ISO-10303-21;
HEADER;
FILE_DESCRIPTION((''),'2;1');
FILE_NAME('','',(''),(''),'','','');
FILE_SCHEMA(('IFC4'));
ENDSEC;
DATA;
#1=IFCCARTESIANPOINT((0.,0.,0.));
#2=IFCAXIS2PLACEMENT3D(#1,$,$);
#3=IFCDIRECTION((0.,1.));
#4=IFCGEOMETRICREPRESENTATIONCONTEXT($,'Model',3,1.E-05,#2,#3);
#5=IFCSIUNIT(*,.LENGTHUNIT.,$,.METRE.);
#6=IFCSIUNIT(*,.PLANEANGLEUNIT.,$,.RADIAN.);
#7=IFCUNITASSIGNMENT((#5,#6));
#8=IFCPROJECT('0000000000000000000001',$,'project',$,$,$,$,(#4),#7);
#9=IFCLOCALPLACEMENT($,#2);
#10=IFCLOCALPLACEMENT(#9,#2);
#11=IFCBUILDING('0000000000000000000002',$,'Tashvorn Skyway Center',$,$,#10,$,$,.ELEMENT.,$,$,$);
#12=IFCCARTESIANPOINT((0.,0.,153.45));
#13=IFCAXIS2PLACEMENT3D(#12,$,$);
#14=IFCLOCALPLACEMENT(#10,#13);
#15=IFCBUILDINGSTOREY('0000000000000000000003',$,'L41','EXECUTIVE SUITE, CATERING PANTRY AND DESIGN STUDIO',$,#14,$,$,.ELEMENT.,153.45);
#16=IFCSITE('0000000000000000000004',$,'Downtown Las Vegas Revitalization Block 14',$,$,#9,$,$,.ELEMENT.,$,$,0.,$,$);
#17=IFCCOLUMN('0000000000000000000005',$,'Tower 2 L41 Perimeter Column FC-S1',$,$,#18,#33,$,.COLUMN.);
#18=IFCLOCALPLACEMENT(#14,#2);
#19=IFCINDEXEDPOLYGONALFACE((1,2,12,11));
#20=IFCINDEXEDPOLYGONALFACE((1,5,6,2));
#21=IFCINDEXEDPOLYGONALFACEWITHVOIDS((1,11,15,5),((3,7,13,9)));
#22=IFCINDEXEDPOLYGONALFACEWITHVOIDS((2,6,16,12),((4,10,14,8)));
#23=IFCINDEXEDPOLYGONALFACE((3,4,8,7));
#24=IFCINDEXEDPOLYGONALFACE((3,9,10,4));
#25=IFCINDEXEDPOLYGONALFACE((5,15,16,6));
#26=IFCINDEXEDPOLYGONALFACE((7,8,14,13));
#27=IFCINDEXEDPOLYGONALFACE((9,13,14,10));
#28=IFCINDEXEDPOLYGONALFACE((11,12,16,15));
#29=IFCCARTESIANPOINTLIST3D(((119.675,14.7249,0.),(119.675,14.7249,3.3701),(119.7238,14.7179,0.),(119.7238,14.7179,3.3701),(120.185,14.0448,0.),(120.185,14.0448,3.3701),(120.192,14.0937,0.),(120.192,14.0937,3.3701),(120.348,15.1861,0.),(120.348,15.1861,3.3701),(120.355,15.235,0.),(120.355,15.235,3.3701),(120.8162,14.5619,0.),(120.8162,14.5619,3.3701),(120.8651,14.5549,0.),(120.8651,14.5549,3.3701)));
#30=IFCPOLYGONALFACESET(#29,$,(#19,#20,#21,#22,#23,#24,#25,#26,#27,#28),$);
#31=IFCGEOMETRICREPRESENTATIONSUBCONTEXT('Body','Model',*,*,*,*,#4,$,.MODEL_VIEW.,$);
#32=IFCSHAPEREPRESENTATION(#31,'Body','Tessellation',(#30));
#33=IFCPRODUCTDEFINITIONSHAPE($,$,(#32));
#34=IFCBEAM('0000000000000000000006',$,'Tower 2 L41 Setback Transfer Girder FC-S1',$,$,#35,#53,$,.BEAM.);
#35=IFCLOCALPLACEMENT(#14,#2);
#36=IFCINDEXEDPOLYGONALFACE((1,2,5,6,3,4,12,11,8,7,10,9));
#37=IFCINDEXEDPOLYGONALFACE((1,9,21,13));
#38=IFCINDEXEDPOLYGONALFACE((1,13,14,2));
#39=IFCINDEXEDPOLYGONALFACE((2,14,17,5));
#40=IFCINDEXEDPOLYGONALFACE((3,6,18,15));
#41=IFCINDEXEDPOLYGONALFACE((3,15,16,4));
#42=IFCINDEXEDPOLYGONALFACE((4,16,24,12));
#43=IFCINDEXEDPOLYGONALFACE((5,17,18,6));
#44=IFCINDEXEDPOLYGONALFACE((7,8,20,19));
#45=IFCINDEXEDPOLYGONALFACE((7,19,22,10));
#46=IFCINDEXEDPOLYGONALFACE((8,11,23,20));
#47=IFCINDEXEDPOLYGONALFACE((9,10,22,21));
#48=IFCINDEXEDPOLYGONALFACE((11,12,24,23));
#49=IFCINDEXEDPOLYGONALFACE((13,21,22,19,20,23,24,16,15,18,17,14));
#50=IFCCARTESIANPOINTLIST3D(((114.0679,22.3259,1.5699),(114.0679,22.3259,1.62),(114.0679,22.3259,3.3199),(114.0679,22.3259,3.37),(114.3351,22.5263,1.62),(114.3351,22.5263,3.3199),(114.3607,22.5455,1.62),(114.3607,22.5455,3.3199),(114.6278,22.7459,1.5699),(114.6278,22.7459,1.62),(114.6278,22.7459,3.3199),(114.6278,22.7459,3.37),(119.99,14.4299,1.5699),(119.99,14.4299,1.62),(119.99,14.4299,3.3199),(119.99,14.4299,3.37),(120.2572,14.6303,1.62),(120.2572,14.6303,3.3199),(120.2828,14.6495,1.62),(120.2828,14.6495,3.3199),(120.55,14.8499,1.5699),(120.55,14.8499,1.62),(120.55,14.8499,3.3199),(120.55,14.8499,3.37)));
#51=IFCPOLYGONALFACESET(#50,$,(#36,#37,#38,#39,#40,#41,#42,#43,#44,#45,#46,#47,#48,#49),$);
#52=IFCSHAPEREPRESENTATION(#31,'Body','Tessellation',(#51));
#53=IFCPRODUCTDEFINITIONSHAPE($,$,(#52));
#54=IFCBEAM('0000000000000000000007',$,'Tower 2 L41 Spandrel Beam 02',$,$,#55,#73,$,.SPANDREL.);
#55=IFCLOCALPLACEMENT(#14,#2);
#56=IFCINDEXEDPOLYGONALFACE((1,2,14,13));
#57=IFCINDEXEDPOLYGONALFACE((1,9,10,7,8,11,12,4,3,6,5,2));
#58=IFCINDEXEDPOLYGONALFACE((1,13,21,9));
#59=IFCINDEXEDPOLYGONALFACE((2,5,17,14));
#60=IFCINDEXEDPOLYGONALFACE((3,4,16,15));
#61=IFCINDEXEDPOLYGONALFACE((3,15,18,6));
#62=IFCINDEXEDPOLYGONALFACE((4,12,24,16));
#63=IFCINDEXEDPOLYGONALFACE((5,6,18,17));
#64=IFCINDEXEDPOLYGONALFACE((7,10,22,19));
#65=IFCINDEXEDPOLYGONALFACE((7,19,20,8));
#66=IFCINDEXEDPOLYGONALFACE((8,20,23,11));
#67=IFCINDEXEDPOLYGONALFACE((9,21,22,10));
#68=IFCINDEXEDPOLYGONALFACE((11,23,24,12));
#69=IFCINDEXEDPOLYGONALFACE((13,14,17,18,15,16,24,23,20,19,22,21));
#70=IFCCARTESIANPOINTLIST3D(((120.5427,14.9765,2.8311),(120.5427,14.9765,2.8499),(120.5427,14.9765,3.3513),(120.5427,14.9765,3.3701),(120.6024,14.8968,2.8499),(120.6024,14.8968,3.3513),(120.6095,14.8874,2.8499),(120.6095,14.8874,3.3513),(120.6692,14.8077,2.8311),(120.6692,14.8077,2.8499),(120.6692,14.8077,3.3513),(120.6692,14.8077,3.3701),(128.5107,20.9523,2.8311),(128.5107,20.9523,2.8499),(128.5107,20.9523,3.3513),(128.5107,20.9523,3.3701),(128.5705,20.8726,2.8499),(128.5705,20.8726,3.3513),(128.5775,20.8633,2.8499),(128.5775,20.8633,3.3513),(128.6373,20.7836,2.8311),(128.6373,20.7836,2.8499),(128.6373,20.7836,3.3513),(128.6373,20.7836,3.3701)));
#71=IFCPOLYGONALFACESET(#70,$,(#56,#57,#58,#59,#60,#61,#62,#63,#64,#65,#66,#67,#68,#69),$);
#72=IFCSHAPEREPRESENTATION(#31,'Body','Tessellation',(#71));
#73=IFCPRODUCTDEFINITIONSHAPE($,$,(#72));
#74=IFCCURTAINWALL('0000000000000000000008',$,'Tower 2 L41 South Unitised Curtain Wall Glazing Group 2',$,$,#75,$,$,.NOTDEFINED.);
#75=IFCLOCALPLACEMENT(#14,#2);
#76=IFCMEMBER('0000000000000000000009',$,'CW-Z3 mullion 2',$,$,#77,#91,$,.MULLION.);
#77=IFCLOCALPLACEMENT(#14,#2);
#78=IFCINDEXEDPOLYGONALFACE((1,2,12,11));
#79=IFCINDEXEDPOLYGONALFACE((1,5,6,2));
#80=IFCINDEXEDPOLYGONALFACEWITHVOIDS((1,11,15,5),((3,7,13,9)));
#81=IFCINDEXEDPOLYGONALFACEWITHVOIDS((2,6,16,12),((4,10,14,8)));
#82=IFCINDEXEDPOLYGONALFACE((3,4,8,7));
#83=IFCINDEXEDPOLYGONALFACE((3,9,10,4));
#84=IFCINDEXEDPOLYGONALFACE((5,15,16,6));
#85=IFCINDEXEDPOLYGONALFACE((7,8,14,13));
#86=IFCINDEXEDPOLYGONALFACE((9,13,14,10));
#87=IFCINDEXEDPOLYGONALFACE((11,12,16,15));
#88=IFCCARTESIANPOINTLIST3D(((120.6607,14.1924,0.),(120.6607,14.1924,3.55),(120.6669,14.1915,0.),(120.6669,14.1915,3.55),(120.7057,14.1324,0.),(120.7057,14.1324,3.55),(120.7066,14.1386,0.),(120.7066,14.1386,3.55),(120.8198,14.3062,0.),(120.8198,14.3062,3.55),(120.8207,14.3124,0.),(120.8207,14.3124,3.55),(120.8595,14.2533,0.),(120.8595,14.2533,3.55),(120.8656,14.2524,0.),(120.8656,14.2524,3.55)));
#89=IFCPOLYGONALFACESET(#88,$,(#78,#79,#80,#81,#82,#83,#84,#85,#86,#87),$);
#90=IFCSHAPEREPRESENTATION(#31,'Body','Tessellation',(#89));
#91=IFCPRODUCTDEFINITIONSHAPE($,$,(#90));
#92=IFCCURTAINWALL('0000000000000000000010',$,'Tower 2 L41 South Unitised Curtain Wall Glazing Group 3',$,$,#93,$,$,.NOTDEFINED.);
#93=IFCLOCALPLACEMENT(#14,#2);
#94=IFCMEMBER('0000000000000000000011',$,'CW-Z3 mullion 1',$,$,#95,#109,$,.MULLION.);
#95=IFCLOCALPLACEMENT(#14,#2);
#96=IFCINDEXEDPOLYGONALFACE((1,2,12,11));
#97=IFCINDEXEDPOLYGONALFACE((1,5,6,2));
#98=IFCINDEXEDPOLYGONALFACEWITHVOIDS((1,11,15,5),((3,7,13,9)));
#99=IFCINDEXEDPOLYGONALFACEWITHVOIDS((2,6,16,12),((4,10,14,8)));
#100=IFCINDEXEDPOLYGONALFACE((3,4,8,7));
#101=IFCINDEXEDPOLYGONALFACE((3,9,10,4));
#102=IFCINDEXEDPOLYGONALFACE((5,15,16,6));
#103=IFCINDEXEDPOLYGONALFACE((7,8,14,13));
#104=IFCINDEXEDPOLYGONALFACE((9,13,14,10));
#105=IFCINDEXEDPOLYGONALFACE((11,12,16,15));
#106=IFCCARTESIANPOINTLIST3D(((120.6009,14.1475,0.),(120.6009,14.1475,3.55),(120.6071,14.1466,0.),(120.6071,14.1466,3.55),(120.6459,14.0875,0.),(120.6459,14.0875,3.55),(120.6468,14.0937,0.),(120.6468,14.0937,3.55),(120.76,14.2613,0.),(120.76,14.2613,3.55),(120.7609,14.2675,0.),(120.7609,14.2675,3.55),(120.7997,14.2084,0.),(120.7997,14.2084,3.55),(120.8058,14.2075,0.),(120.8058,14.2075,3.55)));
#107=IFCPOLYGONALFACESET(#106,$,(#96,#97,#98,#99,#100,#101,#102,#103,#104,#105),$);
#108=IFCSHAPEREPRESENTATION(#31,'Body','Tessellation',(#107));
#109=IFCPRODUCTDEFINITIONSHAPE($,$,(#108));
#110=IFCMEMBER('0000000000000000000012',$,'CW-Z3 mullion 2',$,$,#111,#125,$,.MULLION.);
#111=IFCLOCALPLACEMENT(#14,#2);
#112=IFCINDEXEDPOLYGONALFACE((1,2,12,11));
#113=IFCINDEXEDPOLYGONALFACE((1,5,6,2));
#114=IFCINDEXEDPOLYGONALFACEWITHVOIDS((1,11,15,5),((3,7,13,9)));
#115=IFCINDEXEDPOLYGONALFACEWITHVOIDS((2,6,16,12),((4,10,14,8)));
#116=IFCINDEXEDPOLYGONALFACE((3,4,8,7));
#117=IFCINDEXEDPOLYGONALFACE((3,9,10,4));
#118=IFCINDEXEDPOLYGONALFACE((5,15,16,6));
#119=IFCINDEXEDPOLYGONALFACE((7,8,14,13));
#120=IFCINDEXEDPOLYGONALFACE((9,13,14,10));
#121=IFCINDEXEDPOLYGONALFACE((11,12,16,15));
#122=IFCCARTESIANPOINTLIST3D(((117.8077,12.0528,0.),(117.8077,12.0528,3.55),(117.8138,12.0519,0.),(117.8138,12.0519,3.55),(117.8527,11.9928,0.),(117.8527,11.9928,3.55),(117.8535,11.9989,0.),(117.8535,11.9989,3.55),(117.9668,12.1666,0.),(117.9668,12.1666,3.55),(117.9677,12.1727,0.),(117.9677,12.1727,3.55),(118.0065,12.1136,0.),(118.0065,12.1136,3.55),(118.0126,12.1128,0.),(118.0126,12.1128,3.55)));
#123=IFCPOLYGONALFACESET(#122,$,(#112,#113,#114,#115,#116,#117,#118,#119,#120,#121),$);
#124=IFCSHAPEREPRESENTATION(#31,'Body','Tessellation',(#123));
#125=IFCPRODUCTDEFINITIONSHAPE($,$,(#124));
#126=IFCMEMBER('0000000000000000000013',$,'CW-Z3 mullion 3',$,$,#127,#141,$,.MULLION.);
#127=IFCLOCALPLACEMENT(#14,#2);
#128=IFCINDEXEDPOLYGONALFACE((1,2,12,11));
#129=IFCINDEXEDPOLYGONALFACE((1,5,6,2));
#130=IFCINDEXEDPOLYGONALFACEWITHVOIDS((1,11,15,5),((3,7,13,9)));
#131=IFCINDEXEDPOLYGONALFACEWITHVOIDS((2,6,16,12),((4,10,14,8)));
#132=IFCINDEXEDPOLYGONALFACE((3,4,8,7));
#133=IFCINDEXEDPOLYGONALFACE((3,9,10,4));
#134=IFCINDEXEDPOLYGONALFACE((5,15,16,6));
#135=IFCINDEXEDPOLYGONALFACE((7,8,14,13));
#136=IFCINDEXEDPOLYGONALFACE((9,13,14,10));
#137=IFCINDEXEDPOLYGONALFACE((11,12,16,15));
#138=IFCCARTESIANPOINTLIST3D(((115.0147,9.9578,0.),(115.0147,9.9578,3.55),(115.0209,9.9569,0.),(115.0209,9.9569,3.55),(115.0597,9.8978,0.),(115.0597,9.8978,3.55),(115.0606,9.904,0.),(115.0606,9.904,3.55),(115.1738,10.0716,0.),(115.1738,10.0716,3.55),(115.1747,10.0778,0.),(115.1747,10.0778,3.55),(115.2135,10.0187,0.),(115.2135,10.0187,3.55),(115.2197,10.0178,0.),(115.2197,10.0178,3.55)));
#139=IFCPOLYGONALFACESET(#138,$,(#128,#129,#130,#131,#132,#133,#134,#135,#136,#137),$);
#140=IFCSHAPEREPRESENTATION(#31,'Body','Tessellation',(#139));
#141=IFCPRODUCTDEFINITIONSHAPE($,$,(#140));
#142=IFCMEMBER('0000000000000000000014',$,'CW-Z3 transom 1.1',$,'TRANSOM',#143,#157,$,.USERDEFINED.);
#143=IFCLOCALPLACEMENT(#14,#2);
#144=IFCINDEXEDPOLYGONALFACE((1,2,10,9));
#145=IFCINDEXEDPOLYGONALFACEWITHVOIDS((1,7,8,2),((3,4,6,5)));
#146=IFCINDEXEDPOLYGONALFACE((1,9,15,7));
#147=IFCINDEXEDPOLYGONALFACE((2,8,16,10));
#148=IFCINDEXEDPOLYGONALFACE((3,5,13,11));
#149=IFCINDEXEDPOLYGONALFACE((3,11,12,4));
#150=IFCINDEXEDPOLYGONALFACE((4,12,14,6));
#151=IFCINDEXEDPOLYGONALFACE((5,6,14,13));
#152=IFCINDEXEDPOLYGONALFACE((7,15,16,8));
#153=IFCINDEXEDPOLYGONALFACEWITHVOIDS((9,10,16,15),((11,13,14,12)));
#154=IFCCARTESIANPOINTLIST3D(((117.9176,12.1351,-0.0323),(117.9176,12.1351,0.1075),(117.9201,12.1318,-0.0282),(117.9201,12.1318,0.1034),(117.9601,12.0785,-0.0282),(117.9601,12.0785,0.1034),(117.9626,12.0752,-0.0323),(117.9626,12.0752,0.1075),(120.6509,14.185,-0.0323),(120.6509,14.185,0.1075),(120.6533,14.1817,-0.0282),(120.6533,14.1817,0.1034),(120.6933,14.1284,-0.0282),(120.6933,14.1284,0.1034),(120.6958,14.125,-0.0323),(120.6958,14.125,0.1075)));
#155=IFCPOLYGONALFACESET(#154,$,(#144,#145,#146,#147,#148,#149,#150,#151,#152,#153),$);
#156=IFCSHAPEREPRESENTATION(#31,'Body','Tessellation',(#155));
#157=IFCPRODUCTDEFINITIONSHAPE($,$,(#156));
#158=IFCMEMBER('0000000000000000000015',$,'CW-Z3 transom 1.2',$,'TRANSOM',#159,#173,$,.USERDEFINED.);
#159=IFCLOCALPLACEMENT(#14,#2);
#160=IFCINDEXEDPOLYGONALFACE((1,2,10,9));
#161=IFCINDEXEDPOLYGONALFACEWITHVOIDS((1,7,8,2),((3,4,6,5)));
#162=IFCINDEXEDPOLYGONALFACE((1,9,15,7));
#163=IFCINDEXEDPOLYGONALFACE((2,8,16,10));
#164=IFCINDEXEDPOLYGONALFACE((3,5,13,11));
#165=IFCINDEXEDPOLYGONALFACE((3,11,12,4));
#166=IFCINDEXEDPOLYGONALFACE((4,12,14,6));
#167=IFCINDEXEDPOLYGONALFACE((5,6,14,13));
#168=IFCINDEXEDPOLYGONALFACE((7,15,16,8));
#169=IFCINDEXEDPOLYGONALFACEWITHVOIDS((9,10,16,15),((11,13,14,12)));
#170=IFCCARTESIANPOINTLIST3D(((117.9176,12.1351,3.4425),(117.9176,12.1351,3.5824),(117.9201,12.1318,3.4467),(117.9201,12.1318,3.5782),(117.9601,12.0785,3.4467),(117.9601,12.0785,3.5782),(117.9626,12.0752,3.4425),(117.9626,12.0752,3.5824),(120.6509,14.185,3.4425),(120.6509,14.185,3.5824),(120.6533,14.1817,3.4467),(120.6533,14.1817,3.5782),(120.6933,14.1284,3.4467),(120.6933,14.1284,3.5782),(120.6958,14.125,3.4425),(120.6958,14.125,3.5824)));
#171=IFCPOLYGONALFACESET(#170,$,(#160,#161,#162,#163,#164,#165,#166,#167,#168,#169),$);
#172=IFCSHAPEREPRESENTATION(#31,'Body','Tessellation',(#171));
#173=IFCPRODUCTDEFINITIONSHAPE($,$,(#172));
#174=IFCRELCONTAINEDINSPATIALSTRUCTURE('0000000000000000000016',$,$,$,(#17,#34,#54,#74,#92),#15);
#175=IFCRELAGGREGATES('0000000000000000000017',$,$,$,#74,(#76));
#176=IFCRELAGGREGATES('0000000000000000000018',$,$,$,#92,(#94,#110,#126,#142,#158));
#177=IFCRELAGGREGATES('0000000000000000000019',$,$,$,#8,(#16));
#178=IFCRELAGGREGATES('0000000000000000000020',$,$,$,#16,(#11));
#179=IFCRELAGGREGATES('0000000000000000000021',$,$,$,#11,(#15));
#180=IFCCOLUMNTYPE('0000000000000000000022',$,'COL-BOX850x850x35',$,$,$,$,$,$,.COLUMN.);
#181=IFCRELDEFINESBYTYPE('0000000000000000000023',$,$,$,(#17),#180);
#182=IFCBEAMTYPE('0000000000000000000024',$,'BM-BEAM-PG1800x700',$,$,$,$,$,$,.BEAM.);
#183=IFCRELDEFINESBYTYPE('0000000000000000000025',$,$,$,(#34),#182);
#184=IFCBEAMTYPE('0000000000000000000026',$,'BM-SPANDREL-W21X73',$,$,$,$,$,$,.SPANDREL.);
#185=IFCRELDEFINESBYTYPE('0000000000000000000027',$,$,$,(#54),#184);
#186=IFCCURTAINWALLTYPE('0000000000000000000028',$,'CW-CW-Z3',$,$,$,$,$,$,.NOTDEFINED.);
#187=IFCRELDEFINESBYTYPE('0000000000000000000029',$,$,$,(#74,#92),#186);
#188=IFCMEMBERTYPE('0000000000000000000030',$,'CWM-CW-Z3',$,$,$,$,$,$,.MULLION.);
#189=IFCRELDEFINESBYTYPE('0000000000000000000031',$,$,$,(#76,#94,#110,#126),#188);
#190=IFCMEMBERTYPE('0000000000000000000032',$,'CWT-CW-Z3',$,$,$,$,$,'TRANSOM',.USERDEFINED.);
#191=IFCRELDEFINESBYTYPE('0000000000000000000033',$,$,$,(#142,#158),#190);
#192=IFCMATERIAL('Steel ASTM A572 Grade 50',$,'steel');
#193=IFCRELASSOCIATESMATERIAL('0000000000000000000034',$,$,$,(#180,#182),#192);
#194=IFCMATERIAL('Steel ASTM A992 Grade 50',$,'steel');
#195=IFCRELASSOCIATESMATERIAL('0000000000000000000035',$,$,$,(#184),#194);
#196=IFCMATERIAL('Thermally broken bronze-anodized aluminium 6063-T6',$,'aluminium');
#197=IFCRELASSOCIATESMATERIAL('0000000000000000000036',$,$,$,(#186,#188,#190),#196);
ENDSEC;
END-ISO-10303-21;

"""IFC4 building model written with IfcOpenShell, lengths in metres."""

from ifc_helpers import new_model, si_unit, direction, frame, origin, origin_2d, place, context, subcontext, project, spatial, hollow_rectangle, i_section, extrude, material, material_profile, profile_set, type_object, element, aggregate, save


model = new_model("IFC4")

# Units and contexts
model_context = context("Model", 3, precision=1e-05, world=origin(), true_north=direction((0.0, 1.0)))
body_context = subcontext(model_context, "Body", "Model", "MODEL_VIEW")
ifc_project = project(units=[si_unit("LENGTHUNIT", "METRE"), si_unit("PLANEANGLEUNIT", "RADIAN")], contexts=[model_context])

# Site, building, storey
site_placement = place(None, origin())
site = spatial("IfcSite", under=ifc_project, at=site_placement, Name="Downtown Las Vegas Revitalization Block 14", CompositionType="ELEMENT", RefElevation=0.0)
building_placement = place(site_placement, origin())
building = spatial("IfcBuilding", under=site, at=building_placement, Name="Tashvorn Skyway Center", CompositionType="ELEMENT")
storey_placement = place(building_placement, frame((0.0, 0.0, 153.45)))
storey = spatial("IfcBuildingStorey", under=building, at=storey_placement, Name="L41", Description="EXECUTIVE SUITE, CATERING PANTRY AND DESIGN STUDIO", CompositionType="ELEMENT", Elevation=153.45)

# Column
ifc_material_1 = material(Name="Steel ASTM A572 Grade 50", Category="steel")
ifc_material_profile_1 = material_profile(ifc_material_1, hollow_rectangle(XDim=0.8501, YDim=0.8501, WallThickness=0.0349, at=origin_2d()), Name="BOX850x850x35")
ifc_profile_set_1 = profile_set([ifc_material_profile_1], Name="Steel ASTM A572 Grade 50")
column_type = type_object("IfcColumnType", Name="COL-BOX850x850x35", PredefinedType="COLUMN", material=ifc_profile_set_1)
column_placement = place(storey_placement, frame((120.27, 14.6399, 0.0), z_axis=(0.0, 0.0, 1.0), x_axis=(0.8, 0.6, 0.0)))
element("IfcColumn", 1, at=column_placement, inside=storey, type_object=column_type, Name="Tower 2 L41 Perimeter Column FC-S1", PredefinedType="COLUMN", context=body_context, shape_type="SweptSolid", body=[
    extrude(hollow_rectangle(XDim=0.8501, YDim=0.8501, WallThickness=0.0349, at=origin_2d()), origin(), (0.0, 0.0, 1.0), 3.3701),
])

# Beams
ifc_material_profile_2 = material_profile(ifc_material_1, i_section(OverallWidth=0.7, OverallDepth=1.8, WebThickness=0.032, FlangeThickness=0.05, at=origin_2d()), Name="PG1800x700")
ifc_profile_set_2 = profile_set([ifc_material_profile_2], Name="Steel ASTM A572 Grade 50")
beam_type_1 = type_object("IfcBeamType", Name="BM-BEAM-PG1800x700", PredefinedType="BEAM", material=ifc_profile_set_2)
beam_1_placement = place(storey_placement, frame((120.27, 14.6399, 2.47), z_axis=(-0.600008, 0.799994, 0.0), x_axis=(-0.799994, -0.600008, 0.0)))
element("IfcBeam", 2, at=beam_1_placement, inside=storey, type_object=beam_type_1, Name="Tower 2 L41 Setback Transfer Girder FC-S1", PredefinedType="BEAM", context=body_context, shape_type="SweptSolid", body=[
    extrude(i_section(OverallWidth=0.7, OverallDepth=1.8, WebThickness=0.032, FlangeThickness=0.05, at=origin_2d()), origin(), (0.0, 0.0, 1.0), 9.8701),
])
ifc_material_2 = material(Name="Steel ASTM A992 Grade 50", Category="steel")
ifc_material_profile_3 = material_profile(ifc_material_2, i_section(OverallWidth=0.2109, OverallDepth=0.5391, WebThickness=0.0117, FlangeThickness=0.0188, at=origin_2d()), Name="W21X73")
ifc_profile_set_3 = profile_set([ifc_material_profile_3], Name="Steel ASTM A992 Grade 50")
beam_type_2 = type_object("IfcBeamType", Name="BM-SPANDREL-W21X73", PredefinedType="SPANDREL", material=ifc_profile_set_3)
beam_2_placement = place(storey_placement, frame((120.606, 14.8921, 3.1006), z_axis=(0.800009, 0.599988, 0.0), x_axis=(-0.599988, 0.800009, 0.0)))
element("IfcBeam", 3, at=beam_2_placement, inside=storey, type_object=beam_type_2, Name="Tower 2 L41 Spandrel Beam 02", PredefinedType="SPANDREL", context=body_context, shape_type="SweptSolid", body=[
    extrude(i_section(OverallWidth=0.2109, OverallDepth=0.5391, WebThickness=0.0117, FlangeThickness=0.0188, at=origin_2d()), origin(), (0.0, 0.0, 1.0), 9.96),
])

# Curtain wall, member
ifc_material_3 = material(Name="Thermally broken bronze-anodized aluminium 6063-T6", Category="aluminium")
curtain_wall_type = type_object("IfcCurtainWallType", Name="CW-CW-Z3", PredefinedType="NOTDEFINED", material=ifc_material_3)
curtain_wall_1_placement = place(storey_placement, origin())
curtain_wall_1 = element("IfcCurtainWall", 4, at=curtain_wall_1_placement, inside=storey, type_object=curtain_wall_type, Name="Tower 2 L41 South Unitised Curtain Wall Glazing Group 2", PredefinedType="NOTDEFINED")
ifc_material_profile_4 = material_profile(ifc_material_3, hollow_rectangle(XDim=0.075, YDim=0.2, WallThickness=0.0044, at=origin_2d()), Name="ALU-MULL-75x200")
ifc_profile_set_4 = profile_set([ifc_material_profile_4], Name="Thermally broken bronze-anodized aluminium 6063-T6")
member_type_1 = type_object("IfcMemberType", Name="CWM-CW-Z3", PredefinedType="MULLION", material=ifc_profile_set_4)
member_1_placement = place(storey_placement, frame((120.7632, 14.2224, 0.0), z_axis=(0.0, 0.0, 1.0), x_axis=(0.599997, -0.800002, 0.0)))
member_1 = element("IfcMember", 5, at=member_1_placement, type_object=member_type_1, Name="CW-Z3 mullion 2", PredefinedType="MULLION", context=body_context, shape_type="SweptSolid", body=[
    extrude(hollow_rectangle(XDim=0.075, YDim=0.2, WallThickness=0.0044, at=origin_2d()), origin(), (0.0, 0.0, 1.0), 3.55),
])
aggregate(curtain_wall_1, [member_1])

# Curtain wall, members
curtain_wall_2_placement = place(storey_placement, origin())
curtain_wall_2 = element("IfcCurtainWall", 6, at=curtain_wall_2_placement, inside=storey, type_object=curtain_wall_type, Name="Tower 2 L41 South Unitised Curtain Wall Glazing Group 3", PredefinedType="NOTDEFINED")
member_2_placement = place(storey_placement, frame((120.7034, 14.1775, 0.0), z_axis=(0.0, 0.0, 1.0), x_axis=(0.600005, -0.799997, 0.0)))
member_2 = element("IfcMember", 7, at=member_2_placement, type_object=member_type_1, Name="CW-Z3 mullion 1", PredefinedType="MULLION", context=body_context, shape_type="SweptSolid", body=[
    extrude(hollow_rectangle(XDim=0.075, YDim=0.2, WallThickness=0.0044, at=origin_2d()), origin(), (0.0, 0.0, 1.0), 3.55),
])
member_3_placement = place(storey_placement, frame((117.9102, 12.0828, 0.0), z_axis=(0.0, 0.0, 1.0), x_axis=(0.600005, -0.799997, 0.0)))
member_3 = element("IfcMember", 8, at=member_3_placement, type_object=member_type_1, Name="CW-Z3 mullion 2", PredefinedType="MULLION", context=body_context, shape_type="SweptSolid", body=[
    extrude(hollow_rectangle(XDim=0.075, YDim=0.2, WallThickness=0.0044, at=origin_2d()), origin(), (0.0, 0.0, 1.0), 3.55),
])
member_4_placement = place(storey_placement, frame((115.1172, 9.9878, 0.0), z_axis=(0.0, 0.0, 1.0), x_axis=(0.600005, -0.799997, 0.0)))
member_4 = element("IfcMember", 9, at=member_4_placement, type_object=member_type_1, Name="CW-Z3 mullion 3", PredefinedType="MULLION", context=body_context, shape_type="SweptSolid", body=[
    extrude(hollow_rectangle(XDim=0.075, YDim=0.2, WallThickness=0.0044, at=origin_2d()), origin(), (0.0, 0.0, 1.0), 3.55),
])
ifc_material_profile_5 = material_profile(ifc_material_3, hollow_rectangle(XDim=0.075, YDim=0.1399, WallThickness=0.0042, at=origin_2d()), Name="ALU-TRAN-75x140")
ifc_profile_set_5 = profile_set([ifc_material_profile_5], Name="Thermally broken bronze-anodized aluminium 6063-T6")
member_type_2 = type_object("IfcMemberType", Name="CWT-CW-Z3", ElementType="TRANSOM", PredefinedType="USERDEFINED", material=ifc_profile_set_5)
member_5_placement = place(storey_placement, frame((120.6733, 14.155, 0.0376), z_axis=(-0.800009, -0.599989, 0.0), x_axis=(0.599989, -0.800009, 0.0)))
member_5 = element("IfcMember", 10, at=member_5_placement, type_object=member_type_2, Name="CW-Z3 transom 1.1", ObjectType="TRANSOM", PredefinedType="USERDEFINED", context=body_context, shape_type="SweptSolid", body=[
    extrude(hollow_rectangle(XDim=0.075, YDim=0.1399, WallThickness=0.0042, at=origin_2d()), origin(), (0.0, 0.0, 1.0), 3.4165),
])
member_6_placement = place(storey_placement, frame((120.6733, 14.155, 3.5125), z_axis=(-0.800009, -0.599989, 0.0), x_axis=(0.599989, -0.800009, 0.0)))
member_6 = element("IfcMember", 11, at=member_6_placement, type_object=member_type_2, Name="CW-Z3 transom 1.2", ObjectType="TRANSOM", PredefinedType="USERDEFINED", context=body_context, shape_type="SweptSolid", body=[
    extrude(hollow_rectangle(XDim=0.075, YDim=0.1399, WallThickness=0.0042, at=origin_2d()), origin(), (0.0, 0.0, 1.0), 3.4165),
])
aggregate(curtain_wall_2, [member_2, member_3, member_4, member_5, member_6])

save(model, "model.ifc")
